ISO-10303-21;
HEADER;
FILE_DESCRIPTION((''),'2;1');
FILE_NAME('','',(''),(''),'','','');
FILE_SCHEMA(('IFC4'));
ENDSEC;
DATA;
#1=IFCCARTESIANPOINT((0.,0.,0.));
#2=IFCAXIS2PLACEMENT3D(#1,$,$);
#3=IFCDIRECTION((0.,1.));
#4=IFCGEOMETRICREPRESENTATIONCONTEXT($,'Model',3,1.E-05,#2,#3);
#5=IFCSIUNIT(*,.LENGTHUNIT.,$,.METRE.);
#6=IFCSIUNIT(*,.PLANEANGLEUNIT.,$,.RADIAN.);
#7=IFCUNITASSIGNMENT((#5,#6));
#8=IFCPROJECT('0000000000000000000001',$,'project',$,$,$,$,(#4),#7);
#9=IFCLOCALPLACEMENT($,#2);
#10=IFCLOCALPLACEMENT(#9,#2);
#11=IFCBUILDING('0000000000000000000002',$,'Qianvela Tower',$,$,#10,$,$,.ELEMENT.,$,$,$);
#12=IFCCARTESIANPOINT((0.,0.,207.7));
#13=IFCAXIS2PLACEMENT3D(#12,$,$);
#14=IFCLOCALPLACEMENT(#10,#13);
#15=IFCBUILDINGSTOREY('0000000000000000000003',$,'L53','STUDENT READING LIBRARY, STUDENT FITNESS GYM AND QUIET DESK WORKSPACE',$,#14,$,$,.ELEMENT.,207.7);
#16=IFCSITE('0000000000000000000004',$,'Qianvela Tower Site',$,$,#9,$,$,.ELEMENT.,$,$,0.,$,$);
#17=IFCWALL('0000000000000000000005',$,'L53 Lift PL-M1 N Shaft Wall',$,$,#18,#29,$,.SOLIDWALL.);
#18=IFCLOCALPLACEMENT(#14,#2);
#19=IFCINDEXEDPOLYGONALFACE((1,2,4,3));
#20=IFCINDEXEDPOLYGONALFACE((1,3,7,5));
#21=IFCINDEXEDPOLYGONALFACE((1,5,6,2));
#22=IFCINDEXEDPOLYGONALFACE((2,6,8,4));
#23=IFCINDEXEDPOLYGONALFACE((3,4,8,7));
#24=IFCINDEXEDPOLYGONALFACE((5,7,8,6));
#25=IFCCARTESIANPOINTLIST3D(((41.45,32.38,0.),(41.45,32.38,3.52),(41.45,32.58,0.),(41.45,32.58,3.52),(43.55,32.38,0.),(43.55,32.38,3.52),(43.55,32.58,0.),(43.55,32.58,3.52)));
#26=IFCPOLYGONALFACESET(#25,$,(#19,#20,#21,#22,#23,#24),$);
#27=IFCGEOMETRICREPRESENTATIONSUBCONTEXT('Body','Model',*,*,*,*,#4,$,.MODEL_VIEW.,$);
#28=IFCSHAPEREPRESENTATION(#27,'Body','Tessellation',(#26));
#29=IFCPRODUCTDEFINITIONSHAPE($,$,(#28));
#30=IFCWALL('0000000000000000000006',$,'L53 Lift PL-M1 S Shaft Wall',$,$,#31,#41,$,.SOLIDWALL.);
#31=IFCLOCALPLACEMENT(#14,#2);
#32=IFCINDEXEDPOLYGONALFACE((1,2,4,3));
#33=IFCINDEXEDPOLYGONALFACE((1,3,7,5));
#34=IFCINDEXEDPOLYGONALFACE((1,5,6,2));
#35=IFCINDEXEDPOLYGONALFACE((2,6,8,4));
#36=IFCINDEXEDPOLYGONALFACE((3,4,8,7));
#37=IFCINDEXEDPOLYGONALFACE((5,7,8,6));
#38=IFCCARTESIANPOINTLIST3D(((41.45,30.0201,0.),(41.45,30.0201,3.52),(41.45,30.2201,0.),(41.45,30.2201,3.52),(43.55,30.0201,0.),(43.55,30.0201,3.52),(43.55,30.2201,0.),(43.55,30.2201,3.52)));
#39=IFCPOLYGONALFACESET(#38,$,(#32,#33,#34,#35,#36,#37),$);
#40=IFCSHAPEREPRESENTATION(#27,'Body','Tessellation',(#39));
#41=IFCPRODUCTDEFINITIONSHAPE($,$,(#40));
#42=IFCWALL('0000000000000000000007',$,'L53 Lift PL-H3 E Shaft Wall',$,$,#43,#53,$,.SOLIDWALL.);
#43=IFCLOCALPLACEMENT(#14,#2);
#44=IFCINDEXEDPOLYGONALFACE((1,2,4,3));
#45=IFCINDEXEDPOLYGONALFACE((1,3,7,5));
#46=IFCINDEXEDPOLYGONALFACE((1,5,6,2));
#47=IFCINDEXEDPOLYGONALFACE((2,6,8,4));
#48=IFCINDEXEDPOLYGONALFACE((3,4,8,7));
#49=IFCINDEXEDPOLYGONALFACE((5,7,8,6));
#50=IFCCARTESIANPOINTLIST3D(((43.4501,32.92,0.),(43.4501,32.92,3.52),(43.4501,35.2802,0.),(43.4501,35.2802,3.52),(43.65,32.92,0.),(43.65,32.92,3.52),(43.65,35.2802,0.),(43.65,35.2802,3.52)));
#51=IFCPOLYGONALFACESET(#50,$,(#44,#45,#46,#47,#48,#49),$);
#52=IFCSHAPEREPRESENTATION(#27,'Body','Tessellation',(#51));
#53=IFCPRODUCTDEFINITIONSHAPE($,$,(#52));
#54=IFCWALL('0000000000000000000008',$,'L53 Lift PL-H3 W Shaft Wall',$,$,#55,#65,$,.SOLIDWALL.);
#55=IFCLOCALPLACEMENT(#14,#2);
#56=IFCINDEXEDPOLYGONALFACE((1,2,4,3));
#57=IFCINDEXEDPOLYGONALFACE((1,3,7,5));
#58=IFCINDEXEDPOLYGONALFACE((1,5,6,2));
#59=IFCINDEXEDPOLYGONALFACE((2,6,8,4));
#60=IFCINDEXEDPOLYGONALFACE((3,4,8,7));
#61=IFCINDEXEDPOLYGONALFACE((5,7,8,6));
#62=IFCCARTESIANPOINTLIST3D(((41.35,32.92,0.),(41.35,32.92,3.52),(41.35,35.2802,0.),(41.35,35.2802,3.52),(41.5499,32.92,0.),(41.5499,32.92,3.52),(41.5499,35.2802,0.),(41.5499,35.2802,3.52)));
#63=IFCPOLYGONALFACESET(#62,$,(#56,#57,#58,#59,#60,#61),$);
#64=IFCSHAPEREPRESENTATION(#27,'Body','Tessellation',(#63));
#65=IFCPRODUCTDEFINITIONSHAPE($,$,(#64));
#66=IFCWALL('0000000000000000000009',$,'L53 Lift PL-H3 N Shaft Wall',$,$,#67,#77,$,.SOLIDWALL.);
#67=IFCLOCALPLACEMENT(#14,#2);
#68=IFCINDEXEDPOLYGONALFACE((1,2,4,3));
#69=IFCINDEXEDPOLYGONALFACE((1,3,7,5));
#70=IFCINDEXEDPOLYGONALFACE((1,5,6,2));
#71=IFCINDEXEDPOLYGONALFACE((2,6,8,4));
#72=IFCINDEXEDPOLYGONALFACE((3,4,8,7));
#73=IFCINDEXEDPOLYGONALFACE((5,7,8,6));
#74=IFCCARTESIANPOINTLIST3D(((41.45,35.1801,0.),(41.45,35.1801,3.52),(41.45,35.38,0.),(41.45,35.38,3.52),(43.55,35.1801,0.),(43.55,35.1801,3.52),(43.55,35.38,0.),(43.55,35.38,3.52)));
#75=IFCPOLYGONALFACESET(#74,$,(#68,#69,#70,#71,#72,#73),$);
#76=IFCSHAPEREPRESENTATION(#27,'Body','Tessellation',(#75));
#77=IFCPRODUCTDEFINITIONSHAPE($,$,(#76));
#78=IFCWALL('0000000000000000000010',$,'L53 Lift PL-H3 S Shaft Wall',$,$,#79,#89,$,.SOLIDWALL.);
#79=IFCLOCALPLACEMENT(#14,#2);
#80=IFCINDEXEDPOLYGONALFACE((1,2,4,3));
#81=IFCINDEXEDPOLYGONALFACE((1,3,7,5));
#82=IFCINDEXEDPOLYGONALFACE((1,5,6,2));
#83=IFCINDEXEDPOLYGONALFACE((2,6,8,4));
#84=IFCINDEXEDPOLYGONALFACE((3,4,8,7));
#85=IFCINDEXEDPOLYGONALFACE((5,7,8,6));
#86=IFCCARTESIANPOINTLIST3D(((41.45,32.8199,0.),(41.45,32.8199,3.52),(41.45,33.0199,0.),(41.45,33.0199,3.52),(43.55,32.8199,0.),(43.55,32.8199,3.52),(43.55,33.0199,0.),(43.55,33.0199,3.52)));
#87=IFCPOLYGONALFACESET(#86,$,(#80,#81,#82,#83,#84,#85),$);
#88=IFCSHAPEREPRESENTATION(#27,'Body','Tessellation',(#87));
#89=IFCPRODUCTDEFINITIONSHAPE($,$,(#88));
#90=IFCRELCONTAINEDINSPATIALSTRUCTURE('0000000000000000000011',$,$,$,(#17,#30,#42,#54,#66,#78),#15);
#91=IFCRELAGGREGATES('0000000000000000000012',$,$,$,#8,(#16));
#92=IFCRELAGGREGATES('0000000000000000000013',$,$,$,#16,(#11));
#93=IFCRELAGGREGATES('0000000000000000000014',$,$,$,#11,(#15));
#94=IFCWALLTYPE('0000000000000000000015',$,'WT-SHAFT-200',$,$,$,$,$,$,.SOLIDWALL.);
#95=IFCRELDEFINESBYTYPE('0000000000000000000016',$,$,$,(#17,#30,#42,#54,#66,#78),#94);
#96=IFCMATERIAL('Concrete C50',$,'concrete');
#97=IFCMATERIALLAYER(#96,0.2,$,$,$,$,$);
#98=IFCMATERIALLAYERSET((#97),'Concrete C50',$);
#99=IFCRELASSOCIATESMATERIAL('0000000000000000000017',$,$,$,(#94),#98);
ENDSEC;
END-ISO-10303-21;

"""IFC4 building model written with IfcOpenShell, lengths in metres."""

from ifc_helpers import new_model, si_unit, direction, frame, frame_2d, origin, place, context, subcontext, project, spatial, rectangle, extrude, material, layer, layer_set, type_object, element, save


model = new_model("IFC4")

# Units and contexts
model_context = context("Model", 3, precision=1e-05, world=origin(), true_north=direction((0.0, 1.0)))
body_context = subcontext(model_context, "Body", "Model", "MODEL_VIEW")
ifc_project = project(units=[si_unit("LENGTHUNIT", "METRE"), si_unit("PLANEANGLEUNIT", "RADIAN")], contexts=[model_context])

# Site, building, storey
site_placement = place(None, origin())
site = spatial("IfcSite", under=ifc_project, at=site_placement, Name="Qianvela Tower Site", CompositionType="ELEMENT", RefElevation=0.0)
building_placement = place(site_placement, origin())
building = spatial("IfcBuilding", under=site, at=building_placement, Name="Qianvela Tower", CompositionType="ELEMENT")
storey_placement = place(building_placement, frame((0.0, 0.0, 207.7)))
storey = spatial("IfcBuildingStorey", under=building, at=storey_placement, Name="L53", Description="STUDENT READING LIBRARY, STUDENT FITNESS GYM AND QUIET DESK WORKSPACE", CompositionType="ELEMENT", Elevation=207.7)

# Shared definitions
ifc_material_1 = material(Name="Concrete C50", Category="concrete")
ifc_layer_1 = layer(ifc_material_1, 0.2)
ifc_layer_set_1 = layer_set([ifc_layer_1], Name="Concrete C50")
wall_type_1 = type_object("IfcWallType", Name="WT-SHAFT-200", PredefinedType="SOLIDWALL", material=ifc_layer_set_1)

# Walls
for number, where, z_axis, x_axis, name in (
    (1, (41.45, 32.48, 0.0), (0.0, 0.0, 1.0), (1.0, 0.0, 0.0), "L53 Lift PL-M1 N Shaft Wall"),
    (2, (41.45, 30.1201, 0.0), (0.0, 0.0, 1.0), (1.0, 0.0, 0.0), "L53 Lift PL-M1 S Shaft Wall"),
):
    element("IfcWall", number, at=place(storey_placement, frame(where, z_axis=z_axis, x_axis=x_axis)), inside=storey, type_object=wall_type_1, Name=name, PredefinedType="SOLIDWALL", context=body_context, shape_type="SweptSolid", body=[
        extrude(rectangle(XDim=2.1001, YDim=0.2, at=frame_2d((1.05, 0.0))), origin(), (0.0, 0.0, 1.0), 3.52),
    ])
for number, where, z_axis, x_axis, name in (
    (3, (43.55, 32.9199, 0.0), (0.0, 0.0, 1.0), (0.0, 1.0, 0.0), "L53 Lift PL-H3 E Shaft Wall"),
    (4, (41.45, 32.9199, 0.0), (0.0, 0.0, 1.0), (0.0, 1.0, 0.0), "L53 Lift PL-H3 W Shaft Wall"),
):
    element("IfcWall", number, at=place(storey_placement, frame(where, z_axis=z_axis, x_axis=x_axis)), inside=storey, type_object=wall_type_1, Name=name, PredefinedType="SOLIDWALL", context=body_context, shape_type="SweptSolid", body=[
        extrude(rectangle(XDim=2.3601, YDim=0.2, at=frame_2d((1.1802, 0.0))), origin(), (0.0, 0.0, 1.0), 3.52),
    ])
for number, where, z_axis, x_axis, name in (
    (5, (41.45, 35.28, 0.0), (0.0, 0.0, 1.0), (1.0, 0.0, 0.0), "L53 Lift PL-H3 N Shaft Wall"),
    (6, (41.45, 32.9199, 0.0), (0.0, 0.0, 1.0), (1.0, 0.0, 0.0), "L53 Lift PL-H3 S Shaft Wall"),
):
    element("IfcWall", number, at=place(storey_placement, frame(where, z_axis=z_axis, x_axis=x_axis)), inside=storey, type_object=wall_type_1, Name=name, PredefinedType="SOLIDWALL", context=body_context, shape_type="SweptSolid", body=[
        extrude(rectangle(XDim=2.1001, YDim=0.2, at=frame_2d((1.05, 0.0))), origin(), (0.0, 0.0, 1.0), 3.52),
    ])

save(model, "model.ifc")
